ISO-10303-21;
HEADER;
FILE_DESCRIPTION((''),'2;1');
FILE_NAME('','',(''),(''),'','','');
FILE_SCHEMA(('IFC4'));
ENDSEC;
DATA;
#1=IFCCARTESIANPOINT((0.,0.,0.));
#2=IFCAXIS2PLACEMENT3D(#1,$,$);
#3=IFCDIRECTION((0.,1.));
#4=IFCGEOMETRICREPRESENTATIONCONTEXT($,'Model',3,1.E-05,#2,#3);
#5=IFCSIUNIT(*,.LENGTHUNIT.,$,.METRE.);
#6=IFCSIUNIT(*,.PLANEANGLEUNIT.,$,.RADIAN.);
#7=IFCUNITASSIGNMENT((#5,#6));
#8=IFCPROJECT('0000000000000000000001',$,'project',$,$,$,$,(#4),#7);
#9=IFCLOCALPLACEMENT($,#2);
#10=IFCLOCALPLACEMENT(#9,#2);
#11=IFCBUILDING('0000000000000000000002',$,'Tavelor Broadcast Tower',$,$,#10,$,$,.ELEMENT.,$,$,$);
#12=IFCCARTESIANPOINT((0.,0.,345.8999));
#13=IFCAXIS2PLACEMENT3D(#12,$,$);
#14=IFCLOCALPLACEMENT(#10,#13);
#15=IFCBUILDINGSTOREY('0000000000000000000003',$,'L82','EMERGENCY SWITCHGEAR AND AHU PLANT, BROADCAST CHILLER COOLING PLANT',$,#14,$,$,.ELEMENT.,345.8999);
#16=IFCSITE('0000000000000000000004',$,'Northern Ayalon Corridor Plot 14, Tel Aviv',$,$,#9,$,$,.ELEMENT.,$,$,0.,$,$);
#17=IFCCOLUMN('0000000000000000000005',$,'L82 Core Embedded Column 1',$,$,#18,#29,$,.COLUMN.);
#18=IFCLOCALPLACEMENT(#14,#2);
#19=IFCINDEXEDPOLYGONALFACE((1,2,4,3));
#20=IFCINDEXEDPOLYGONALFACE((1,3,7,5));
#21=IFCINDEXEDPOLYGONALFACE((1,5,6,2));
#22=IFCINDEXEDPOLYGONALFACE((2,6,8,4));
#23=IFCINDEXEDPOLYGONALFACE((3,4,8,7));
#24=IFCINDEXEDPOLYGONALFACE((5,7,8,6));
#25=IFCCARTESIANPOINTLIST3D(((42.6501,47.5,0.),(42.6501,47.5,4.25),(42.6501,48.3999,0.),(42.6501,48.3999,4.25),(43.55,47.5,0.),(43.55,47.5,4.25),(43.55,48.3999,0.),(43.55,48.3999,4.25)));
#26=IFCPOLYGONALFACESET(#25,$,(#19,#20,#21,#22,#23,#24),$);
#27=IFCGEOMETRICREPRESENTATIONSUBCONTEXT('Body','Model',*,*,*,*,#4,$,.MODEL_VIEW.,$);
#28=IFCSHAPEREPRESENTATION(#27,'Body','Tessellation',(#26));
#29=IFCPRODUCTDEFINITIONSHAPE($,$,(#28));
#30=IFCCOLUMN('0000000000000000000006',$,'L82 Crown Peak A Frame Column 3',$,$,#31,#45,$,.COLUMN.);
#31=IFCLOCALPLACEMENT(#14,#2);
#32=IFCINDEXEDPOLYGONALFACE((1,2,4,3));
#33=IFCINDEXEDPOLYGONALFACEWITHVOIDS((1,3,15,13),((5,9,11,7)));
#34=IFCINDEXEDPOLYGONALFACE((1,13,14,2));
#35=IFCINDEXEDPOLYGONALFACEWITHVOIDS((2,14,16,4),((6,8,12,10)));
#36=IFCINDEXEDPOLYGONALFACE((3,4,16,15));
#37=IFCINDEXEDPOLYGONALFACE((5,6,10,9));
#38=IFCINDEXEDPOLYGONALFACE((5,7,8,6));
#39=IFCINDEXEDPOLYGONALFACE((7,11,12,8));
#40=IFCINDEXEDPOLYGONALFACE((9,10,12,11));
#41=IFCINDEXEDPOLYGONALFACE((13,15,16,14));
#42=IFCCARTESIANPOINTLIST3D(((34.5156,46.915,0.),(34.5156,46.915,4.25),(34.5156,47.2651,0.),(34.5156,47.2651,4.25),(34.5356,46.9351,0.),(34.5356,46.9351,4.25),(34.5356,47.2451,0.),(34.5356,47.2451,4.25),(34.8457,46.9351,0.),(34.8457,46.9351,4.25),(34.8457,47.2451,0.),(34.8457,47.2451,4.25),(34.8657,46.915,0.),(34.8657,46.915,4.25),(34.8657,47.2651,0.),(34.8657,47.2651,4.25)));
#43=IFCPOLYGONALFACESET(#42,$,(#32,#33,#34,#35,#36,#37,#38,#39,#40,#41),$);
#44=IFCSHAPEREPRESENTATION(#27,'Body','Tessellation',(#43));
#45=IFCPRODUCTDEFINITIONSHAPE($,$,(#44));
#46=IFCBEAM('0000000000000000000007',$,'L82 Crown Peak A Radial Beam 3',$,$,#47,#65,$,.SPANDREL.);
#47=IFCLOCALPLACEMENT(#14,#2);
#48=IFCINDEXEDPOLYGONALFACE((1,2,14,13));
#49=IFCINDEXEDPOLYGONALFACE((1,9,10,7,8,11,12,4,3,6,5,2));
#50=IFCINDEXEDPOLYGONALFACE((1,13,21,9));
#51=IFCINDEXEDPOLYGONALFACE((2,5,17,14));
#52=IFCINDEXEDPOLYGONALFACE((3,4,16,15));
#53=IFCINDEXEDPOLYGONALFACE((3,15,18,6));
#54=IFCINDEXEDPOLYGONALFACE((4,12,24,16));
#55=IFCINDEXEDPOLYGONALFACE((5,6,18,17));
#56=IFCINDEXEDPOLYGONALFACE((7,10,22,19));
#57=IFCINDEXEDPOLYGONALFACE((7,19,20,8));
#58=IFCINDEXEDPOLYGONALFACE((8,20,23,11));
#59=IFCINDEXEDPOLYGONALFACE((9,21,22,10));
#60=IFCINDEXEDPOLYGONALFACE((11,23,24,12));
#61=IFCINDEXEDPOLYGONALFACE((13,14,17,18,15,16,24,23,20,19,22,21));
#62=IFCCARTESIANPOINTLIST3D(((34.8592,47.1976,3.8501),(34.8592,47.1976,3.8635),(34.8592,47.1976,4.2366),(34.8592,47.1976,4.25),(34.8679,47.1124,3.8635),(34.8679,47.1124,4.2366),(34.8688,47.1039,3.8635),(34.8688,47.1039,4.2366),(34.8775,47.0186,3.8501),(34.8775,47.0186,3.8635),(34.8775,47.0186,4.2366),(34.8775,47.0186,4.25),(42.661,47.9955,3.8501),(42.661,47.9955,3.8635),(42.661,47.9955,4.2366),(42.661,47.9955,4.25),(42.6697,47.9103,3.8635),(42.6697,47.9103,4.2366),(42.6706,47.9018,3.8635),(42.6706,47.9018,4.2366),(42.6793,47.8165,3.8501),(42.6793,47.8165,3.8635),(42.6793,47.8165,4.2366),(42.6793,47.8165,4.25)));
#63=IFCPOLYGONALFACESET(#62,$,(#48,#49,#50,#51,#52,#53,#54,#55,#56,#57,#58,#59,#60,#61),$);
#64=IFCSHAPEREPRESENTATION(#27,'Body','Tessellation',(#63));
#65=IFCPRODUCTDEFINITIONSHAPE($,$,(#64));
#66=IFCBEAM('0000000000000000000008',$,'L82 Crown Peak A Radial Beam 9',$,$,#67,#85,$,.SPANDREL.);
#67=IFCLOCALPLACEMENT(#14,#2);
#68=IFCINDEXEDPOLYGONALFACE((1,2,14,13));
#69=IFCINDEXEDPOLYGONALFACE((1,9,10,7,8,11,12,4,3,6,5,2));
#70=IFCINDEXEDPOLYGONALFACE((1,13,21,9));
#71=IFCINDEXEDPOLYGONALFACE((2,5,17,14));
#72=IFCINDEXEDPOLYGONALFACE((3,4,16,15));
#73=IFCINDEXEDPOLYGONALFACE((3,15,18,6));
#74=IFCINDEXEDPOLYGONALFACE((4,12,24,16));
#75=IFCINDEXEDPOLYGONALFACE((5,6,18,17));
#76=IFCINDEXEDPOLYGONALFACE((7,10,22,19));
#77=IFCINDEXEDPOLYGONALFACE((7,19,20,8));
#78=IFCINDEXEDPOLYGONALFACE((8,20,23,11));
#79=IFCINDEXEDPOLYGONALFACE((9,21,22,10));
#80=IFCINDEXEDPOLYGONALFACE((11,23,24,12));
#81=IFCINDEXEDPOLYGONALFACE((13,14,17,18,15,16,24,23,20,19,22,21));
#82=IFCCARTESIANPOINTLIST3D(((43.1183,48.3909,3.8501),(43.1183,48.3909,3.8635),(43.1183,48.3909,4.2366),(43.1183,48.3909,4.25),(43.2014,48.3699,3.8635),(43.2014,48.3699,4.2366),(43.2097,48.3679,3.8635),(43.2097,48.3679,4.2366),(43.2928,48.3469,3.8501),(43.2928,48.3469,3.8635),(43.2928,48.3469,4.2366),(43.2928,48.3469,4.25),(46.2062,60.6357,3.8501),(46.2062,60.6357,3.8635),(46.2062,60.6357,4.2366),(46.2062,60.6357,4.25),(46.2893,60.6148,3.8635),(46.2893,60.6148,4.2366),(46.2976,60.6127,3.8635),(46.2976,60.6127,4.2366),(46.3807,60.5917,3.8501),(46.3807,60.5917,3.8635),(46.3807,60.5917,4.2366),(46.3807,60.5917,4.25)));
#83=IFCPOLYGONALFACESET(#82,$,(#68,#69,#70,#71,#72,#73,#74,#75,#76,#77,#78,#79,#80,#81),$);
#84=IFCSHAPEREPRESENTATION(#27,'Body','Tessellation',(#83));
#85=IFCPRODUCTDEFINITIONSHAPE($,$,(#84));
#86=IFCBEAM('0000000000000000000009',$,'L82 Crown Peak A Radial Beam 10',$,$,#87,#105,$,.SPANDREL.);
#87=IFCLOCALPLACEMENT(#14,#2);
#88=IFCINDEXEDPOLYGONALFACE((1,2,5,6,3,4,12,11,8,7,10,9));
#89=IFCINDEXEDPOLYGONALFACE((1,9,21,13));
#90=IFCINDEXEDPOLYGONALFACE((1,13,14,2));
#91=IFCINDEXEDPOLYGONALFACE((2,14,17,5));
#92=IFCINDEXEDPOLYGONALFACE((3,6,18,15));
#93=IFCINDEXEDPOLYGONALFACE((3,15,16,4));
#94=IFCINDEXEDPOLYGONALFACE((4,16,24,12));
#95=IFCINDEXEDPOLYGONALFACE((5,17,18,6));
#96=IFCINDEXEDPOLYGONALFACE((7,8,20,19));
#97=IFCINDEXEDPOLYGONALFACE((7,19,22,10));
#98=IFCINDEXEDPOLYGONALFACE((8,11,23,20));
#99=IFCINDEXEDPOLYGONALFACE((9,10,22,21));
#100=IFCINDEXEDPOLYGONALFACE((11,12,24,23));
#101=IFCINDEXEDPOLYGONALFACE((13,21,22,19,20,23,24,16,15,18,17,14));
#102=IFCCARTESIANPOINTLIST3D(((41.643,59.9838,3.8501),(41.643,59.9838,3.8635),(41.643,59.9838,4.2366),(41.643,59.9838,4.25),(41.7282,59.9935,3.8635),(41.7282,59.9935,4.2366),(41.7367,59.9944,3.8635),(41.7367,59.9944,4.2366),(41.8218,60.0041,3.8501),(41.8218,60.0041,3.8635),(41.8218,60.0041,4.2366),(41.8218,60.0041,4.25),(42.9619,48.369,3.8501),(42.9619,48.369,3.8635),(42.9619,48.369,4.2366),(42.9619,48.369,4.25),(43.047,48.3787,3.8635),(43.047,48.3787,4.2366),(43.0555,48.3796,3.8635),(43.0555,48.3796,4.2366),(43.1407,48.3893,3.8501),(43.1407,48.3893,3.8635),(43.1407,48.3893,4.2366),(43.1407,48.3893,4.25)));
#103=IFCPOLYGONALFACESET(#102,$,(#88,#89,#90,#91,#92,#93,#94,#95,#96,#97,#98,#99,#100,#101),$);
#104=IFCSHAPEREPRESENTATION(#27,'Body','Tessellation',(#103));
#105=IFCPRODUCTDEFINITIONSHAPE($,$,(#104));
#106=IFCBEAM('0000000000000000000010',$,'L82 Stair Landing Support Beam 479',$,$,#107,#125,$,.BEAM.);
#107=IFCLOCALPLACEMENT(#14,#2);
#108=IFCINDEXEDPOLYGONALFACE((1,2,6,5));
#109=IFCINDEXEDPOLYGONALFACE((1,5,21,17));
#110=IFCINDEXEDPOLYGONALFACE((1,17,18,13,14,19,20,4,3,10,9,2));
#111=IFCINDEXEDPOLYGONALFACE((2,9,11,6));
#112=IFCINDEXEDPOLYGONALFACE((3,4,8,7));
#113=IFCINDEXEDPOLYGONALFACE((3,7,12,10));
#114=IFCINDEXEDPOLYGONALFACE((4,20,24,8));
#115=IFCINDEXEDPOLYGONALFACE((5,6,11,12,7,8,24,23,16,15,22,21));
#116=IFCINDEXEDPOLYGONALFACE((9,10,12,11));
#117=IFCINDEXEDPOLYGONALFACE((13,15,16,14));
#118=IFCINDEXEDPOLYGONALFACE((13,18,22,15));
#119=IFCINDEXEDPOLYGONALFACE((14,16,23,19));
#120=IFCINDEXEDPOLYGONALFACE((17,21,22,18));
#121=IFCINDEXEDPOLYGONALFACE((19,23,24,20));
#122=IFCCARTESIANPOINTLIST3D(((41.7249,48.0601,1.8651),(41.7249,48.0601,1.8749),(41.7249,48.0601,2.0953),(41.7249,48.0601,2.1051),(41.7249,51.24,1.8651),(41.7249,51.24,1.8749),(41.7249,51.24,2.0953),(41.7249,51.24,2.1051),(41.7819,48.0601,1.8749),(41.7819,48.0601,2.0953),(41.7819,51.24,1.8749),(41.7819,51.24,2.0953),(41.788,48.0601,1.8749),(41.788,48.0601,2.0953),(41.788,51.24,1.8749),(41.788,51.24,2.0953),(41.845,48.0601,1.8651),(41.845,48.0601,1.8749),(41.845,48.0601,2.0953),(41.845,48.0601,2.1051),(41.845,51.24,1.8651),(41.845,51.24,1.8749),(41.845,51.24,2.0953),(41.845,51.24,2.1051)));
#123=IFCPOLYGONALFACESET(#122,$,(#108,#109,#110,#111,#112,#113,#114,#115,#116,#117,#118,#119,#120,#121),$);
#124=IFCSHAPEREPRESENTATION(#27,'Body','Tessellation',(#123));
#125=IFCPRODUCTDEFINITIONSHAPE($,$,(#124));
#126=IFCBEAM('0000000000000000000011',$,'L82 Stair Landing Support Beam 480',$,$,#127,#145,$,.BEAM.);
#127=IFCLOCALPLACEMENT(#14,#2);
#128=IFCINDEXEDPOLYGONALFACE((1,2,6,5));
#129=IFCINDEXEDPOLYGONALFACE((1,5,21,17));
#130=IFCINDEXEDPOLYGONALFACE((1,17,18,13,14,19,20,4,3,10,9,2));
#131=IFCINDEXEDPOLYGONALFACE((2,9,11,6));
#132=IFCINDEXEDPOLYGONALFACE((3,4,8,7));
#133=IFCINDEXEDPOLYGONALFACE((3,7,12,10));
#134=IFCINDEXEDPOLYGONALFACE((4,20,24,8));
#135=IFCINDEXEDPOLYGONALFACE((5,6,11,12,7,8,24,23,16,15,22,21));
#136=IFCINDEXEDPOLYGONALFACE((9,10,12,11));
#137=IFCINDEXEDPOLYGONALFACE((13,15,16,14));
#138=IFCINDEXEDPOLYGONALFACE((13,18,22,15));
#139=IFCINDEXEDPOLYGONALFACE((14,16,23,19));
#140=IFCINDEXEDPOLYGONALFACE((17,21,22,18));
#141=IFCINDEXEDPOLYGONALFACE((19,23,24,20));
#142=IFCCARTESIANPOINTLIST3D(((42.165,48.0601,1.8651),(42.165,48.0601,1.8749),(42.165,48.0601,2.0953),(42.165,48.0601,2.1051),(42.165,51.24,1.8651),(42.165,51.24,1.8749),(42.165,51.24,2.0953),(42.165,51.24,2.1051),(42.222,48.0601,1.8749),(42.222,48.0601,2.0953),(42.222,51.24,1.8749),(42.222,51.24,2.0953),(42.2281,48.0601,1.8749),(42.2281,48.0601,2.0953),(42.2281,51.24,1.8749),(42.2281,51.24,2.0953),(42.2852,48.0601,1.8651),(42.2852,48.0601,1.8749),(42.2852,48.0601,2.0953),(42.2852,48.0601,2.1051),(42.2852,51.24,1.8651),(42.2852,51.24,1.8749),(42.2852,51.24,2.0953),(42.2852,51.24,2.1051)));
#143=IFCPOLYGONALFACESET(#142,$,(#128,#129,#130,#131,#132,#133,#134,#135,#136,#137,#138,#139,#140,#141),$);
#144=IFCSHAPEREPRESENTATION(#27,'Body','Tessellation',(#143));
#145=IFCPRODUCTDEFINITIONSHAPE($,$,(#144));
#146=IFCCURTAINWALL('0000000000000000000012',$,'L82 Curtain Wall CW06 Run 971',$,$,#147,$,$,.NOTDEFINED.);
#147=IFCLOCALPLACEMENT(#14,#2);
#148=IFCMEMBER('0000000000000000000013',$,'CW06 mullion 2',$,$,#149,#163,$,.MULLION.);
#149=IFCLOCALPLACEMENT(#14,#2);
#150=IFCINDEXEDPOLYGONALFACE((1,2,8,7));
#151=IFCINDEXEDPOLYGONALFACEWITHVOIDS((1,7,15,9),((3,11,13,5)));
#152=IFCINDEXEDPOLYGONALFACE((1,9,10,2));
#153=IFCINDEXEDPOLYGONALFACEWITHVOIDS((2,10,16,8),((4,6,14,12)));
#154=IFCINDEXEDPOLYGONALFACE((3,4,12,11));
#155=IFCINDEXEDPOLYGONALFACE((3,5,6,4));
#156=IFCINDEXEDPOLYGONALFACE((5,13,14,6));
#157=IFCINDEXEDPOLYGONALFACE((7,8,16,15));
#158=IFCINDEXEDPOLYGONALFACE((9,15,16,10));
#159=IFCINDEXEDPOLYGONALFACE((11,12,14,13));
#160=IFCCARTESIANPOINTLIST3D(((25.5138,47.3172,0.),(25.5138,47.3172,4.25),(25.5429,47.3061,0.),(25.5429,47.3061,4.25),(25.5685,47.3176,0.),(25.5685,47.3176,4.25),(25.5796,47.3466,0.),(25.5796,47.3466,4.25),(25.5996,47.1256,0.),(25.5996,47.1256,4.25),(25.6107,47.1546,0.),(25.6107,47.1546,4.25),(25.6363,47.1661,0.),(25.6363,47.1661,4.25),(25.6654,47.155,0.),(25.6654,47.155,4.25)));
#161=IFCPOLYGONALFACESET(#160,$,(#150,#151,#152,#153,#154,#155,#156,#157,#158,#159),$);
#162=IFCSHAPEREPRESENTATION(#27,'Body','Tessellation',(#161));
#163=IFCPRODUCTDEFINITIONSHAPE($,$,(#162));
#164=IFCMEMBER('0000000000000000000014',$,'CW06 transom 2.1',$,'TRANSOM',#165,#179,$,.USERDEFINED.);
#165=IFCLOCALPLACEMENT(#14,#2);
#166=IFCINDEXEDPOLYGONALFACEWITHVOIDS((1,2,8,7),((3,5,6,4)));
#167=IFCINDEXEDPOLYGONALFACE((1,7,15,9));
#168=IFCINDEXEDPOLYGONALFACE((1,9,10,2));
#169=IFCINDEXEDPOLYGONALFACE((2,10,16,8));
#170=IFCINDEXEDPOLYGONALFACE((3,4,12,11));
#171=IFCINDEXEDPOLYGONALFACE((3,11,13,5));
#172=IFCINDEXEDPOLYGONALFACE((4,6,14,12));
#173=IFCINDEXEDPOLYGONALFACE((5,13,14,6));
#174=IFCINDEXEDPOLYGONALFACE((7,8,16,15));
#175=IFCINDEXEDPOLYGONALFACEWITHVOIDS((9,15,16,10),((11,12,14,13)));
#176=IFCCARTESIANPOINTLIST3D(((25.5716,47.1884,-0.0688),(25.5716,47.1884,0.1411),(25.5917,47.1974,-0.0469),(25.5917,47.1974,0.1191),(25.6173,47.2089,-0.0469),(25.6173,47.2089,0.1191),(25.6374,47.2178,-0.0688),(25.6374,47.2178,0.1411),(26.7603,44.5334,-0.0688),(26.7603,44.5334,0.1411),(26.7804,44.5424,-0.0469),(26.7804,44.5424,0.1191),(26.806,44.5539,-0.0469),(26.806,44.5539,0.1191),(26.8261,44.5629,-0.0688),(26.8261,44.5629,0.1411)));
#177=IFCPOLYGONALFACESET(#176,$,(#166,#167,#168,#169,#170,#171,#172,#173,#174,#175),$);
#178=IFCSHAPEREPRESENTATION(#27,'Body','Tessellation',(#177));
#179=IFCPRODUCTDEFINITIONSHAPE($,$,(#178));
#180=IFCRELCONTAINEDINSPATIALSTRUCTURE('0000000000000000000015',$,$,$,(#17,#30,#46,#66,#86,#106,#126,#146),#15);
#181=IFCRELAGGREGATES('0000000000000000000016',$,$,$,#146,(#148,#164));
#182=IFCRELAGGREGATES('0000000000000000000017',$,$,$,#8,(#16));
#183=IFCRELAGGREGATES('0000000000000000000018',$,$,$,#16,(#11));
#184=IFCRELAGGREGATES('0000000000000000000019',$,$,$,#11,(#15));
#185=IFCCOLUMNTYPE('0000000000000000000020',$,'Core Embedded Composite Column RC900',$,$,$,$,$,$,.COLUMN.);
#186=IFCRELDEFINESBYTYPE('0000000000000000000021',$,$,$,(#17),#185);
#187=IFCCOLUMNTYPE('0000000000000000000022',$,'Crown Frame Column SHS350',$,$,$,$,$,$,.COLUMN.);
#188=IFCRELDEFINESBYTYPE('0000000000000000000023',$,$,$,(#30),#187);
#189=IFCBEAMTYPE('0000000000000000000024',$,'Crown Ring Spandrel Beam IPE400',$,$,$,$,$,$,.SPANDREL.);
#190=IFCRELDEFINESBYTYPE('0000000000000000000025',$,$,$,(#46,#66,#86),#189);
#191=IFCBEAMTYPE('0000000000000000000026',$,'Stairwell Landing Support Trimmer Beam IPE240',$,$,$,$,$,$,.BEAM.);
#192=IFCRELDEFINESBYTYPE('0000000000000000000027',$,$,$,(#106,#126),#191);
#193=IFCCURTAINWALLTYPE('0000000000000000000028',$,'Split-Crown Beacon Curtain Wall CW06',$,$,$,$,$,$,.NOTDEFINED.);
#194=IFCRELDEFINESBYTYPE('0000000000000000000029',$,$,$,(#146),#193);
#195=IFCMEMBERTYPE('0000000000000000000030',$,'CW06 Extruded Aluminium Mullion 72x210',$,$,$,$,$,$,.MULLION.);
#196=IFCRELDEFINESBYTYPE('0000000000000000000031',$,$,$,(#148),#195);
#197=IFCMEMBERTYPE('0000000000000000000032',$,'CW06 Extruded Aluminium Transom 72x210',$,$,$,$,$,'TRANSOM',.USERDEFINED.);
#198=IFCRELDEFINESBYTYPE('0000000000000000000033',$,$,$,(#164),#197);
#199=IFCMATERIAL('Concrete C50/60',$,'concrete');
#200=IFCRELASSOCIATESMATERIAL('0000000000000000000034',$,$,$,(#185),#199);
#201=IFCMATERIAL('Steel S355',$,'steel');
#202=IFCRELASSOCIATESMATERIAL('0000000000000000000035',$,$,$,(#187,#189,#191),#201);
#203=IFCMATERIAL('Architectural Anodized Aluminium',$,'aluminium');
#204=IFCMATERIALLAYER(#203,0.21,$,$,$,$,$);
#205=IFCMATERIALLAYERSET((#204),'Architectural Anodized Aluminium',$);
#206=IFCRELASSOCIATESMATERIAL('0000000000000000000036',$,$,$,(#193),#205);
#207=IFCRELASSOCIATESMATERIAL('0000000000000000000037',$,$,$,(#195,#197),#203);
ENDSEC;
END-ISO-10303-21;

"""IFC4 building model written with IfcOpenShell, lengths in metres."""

from ifc_helpers import new_model, si_unit, direction, frame, origin, origin_2d, place, context, subcontext, project, spatial, rectangle, hollow_rectangle, i_section, extrude, source, transform, mapped, material, layer, layer_set, material_profile, profile_set, type_object, type_shapes, element, aggregate, save


model = new_model("IFC4")

# Units and contexts
model_context = context("Model", 3, precision=1e-05, world=origin(), true_north=direction((0.0, 1.0)))
body_context = subcontext(model_context, "Body", "Model", "MODEL_VIEW")
ifc_project = project(units=[si_unit("LENGTHUNIT", "METRE"), si_unit("PLANEANGLEUNIT", "RADIAN")], contexts=[model_context])

# Site, building, storey
site_placement = place(None, origin())
site = spatial("IfcSite", under=ifc_project, at=site_placement, Name="Northern Ayalon Corridor Plot 14, Tel Aviv", CompositionType="ELEMENT", RefElevation=0.0)
building_placement = place(site_placement, origin())
building = spatial("IfcBuilding", under=site, at=building_placement, Name="Tavelor Broadcast Tower", CompositionType="ELEMENT")
storey_placement = place(building_placement, frame((0.0, 0.0, 345.8999)))
storey = spatial("IfcBuildingStorey", under=building, at=storey_placement, Name="L82", Description="EMERGENCY SWITCHGEAR AND AHU PLANT, BROADCAST CHILLER COOLING PLANT", CompositionType="ELEMENT", Elevation=345.8999)

# Columns
ifc_material_1 = material(Name="Concrete C50/60", Category="concrete")
ifc_material_profile_1 = material_profile(ifc_material_1, rectangle(XDim=0.8999, YDim=0.8999, at=origin_2d()), Name="RC 900x900")
ifc_profile_set_1 = profile_set([ifc_material_profile_1], Name="Concrete C50/60")
column_type_1 = type_object("IfcColumnType", Name="Core Embedded Composite Column RC900", PredefinedType="COLUMN", material=ifc_profile_set_1)
column_1_placement = place(storey_placement, frame((43.1001, 47.95, 0.0), z_axis=(0.0, 0.0, 1.0), x_axis=(1.0, 0.0, 0.0)))
element("IfcColumn", 1, at=column_1_placement, inside=storey, type_object=column_type_1, Name="L82 Core Embedded Column 1", PredefinedType="COLUMN", context=body_context, shape_type="SweptSolid", body=[
    extrude(rectangle(XDim=0.8999, YDim=0.8999, at=origin_2d()), origin(), (0.0, 0.0, 1.0), 4.25),
])
ifc_material_2 = material(Name="Steel S355", Category="steel")
ifc_material_profile_2 = material_profile(ifc_material_2, hollow_rectangle(XDim=0.3501, YDim=0.3501, WallThickness=0.02, at=origin_2d()), Name="SHS 350x350x20")
ifc_profile_set_2 = profile_set([ifc_material_profile_2], Name="Steel S355")
column_type_2 = type_object("IfcColumnType", Name="Crown Frame Column SHS350", PredefinedType="COLUMN", material=ifc_profile_set_2)
column_2_placement = place(storey_placement, frame((34.6907, 47.0901, 0.0), z_axis=(0.0, 0.0, 1.0), x_axis=(1.0, 0.0, 0.0)))
element("IfcColumn", 2, at=column_2_placement, inside=storey, type_object=column_type_2, Name="L82 Crown Peak A Frame Column 3", PredefinedType="COLUMN", context=body_context, shape_type="SweptSolid", body=[
    extrude(hollow_rectangle(XDim=0.3501, YDim=0.3501, WallThickness=0.02, at=origin_2d()), origin(), (0.0, 0.0, 1.0), 4.25),
])

# Beams
ifc_material_profile_3 = material_profile(ifc_material_2, i_section(OverallWidth=0.1799, OverallDepth=0.3999, WebThickness=0.0085, FlangeThickness=0.0134, at=origin_2d()), Name="IPE 400")
ifc_profile_set_3 = profile_set([ifc_material_profile_3], Name="Steel S355")
beam_type_1 = type_object("IfcBeamType", Name="Crown Ring Spandrel Beam IPE400", PredefinedType="SPANDREL", material=ifc_profile_set_3)
beam_1_placement = place(storey_placement, frame((42.6702, 47.906, 4.05), z_axis=(-0.994812, -0.101735, 0.0), x_axis=(0.101735, -0.994812, 0.0)))
element("IfcBeam", 3, at=beam_1_placement, inside=storey, type_object=beam_type_1, Name="L82 Crown Peak A Radial Beam 3", PredefinedType="SPANDREL", context=body_context, shape_type="SweptSolid", body=[
    extrude(i_section(OverallWidth=0.1799, OverallDepth=0.3999, WebThickness=0.0085, FlangeThickness=0.0134, at=origin_2d()), origin(), (0.0, 0.0, 1.0), 7.8425),
])
beam_2_placement = place(storey_placement, frame((43.2056, 48.3689, 4.05), z_axis=(0.244523, 0.969643, 0.0), x_axis=(-0.969643, 0.244523, 0.0)))
element("IfcBeam", 4, at=beam_2_placement, inside=storey, type_object=beam_type_1, Name="L82 Crown Peak A Radial Beam 9", PredefinedType="SPANDREL", context=body_context, shape_type="SweptSolid", body=[
    extrude(i_section(OverallWidth=0.1799, OverallDepth=0.3999, WebThickness=0.0085, FlangeThickness=0.0134, at=origin_2d()), origin(), (0.0, 0.0, 1.0), 12.6282),
])
beam_3_placement = place(storey_placement, frame((43.0513, 48.3792, 4.05), z_axis=(-0.112824, 0.993615, 0.0), x_axis=(-0.993615, -0.112824, 0.0)))
element("IfcBeam", 5, at=beam_3_placement, inside=storey, type_object=beam_type_1, Name="L82 Crown Peak A Radial Beam 10", PredefinedType="SPANDREL", context=body_context, shape_type="SweptSolid", body=[
    extrude(i_section(OverallWidth=0.1799, OverallDepth=0.3999, WebThickness=0.0085, FlangeThickness=0.0134, at=origin_2d()), origin(), (0.0, 0.0, 1.0), 11.6895),
])
ifc_material_profile_4 = material_profile(ifc_material_2, i_section(OverallWidth=0.1201, OverallDepth=0.24, WebThickness=0.0061, FlangeThickness=0.0098, at=origin_2d()), Name="IPE 240")
ifc_profile_set_4 = profile_set([ifc_material_profile_4], Name="Steel S355")
beam_type_2 = type_object("IfcBeamType", Name="Stairwell Landing Support Trimmer Beam IPE240", PredefinedType="BEAM", material=ifc_profile_set_4)
for number, where, z_axis, x_axis, name in (
    (6, (41.7849, 48.0601, 1.9851), (0.0, 1.0, 0.0), (-1.0, 0.0, 0.0), "L82 Stair Landing Support Beam 479"),
    (7, (42.2251, 48.0601, 1.9851), (0.0, 1.0, 0.0), (-1.0, 0.0, 0.0), "L82 Stair Landing Support Beam 480"),
):
    element("IfcBeam", number, at=place(storey_placement, frame(where, z_axis=z_axis, x_axis=x_axis)), inside=storey, type_object=beam_type_2, Name=name, PredefinedType="BEAM", context=body_context, shape_type="SweptSolid", body=[
        extrude(i_section(OverallWidth=0.1201, OverallDepth=0.24, WebThickness=0.0061, FlangeThickness=0.0098, at=origin_2d()), origin(), (0.0, 0.0, 1.0), 3.1799),
    ])

# Curtain wall, members
ifc_material_3 = material(Name="Architectural Anodized Aluminium", Category="aluminium")
ifc_layer_1 = layer(ifc_material_3, 0.21)
ifc_layer_set_1 = layer_set([ifc_layer_1], Name="Architectural Anodized Aluminium")
curtain_wall_type = type_object("IfcCurtainWallType", Name="Split-Crown Beacon Curtain Wall CW06", PredefinedType="NOTDEFINED", material=ifc_layer_set_1)
curtain_wall_placement = place(storey_placement, origin())
curtain_wall = element("IfcCurtainWall", 8, at=curtain_wall_placement, inside=storey, type_object=curtain_wall_type, Name="L82 Curtain Wall CW06 Run 971", PredefinedType="NOTDEFINED")
ifc_material_profile_5 = material_profile(ifc_material_3, hollow_rectangle(XDim=0.072, YDim=0.21, WallThickness=0.022, at=origin_2d()), Name="RHS 72x210x22")
ifc_profile_set_5 = profile_set([ifc_material_profile_5], Name="Architectural Anodized Aluminium")
member_type_1 = type_object("IfcMemberType", Name="CW06 Extruded Aluminium Mullion 72x210", PredefinedType="MULLION", material=ifc_profile_set_5)
shared_shape_1 = source(origin(), body_context, "Body", "SweptSolid", [
    extrude(hollow_rectangle(XDim=0.072, YDim=0.21, WallThickness=0.022, at=origin_2d()), origin(), (0.0, 0.0, 1.0), 4.25),
])
type_shapes(member_type_1, [shared_shape_1])
member_1_placement = place(storey_placement, frame((25.5896, 47.2361, 0.0), z_axis=(0.0, 0.0, 1.0), x_axis=(0.912691, 0.408649, 0.0)))
member_1 = element("IfcMember", 9, at=member_1_placement, type_object=member_type_1, Name="CW06 mullion 2", PredefinedType="MULLION", context=body_context, shape_type="MappedRepresentation", body=[
    mapped(shared_shape_1, transform((0.0, 0.0, 0.0), scale=1.0)),
])
ifc_material_profile_6 = material_profile(ifc_material_3, hollow_rectangle(XDim=0.072, YDim=0.21, WallThickness=0.022, at=origin_2d()), Name="RHS 72x210x22")
ifc_profile_set_6 = profile_set([ifc_material_profile_6], Name="Architectural Anodized Aluminium")
member_type_2 = type_object("IfcMemberType", Name="CW06 Extruded Aluminium Transom 72x210", ElementType="TRANSOM", PredefinedType="USERDEFINED", material=ifc_profile_set_6)
shared_shape_2 = source(origin(), body_context, "Body", "SweptSolid", [
    extrude(hollow_rectangle(XDim=0.072, YDim=0.21, WallThickness=0.022, at=origin_2d()), origin(), (0.0, 0.0, 1.0), 2.9089),
])
type_shapes(member_type_2, [shared_shape_2])
member_2_placement = place(storey_placement, frame((25.6045, 47.2031, 0.0361), z_axis=(0.408637, -0.912697, 0.0), x_axis=(0.912697, 0.408637, 0.0)))
member_2 = element("IfcMember", 10, at=member_2_placement, type_object=member_type_2, Name="CW06 transom 2.1", ObjectType="TRANSOM", PredefinedType="USERDEFINED", context=body_context, shape_type="MappedRepresentation", body=[
    mapped(shared_shape_2, transform((0.0, 0.0, 0.0), scale=1.0)),
])
aggregate(curtain_wall, [member_1, member_2])

save(model, "model.ifc")
